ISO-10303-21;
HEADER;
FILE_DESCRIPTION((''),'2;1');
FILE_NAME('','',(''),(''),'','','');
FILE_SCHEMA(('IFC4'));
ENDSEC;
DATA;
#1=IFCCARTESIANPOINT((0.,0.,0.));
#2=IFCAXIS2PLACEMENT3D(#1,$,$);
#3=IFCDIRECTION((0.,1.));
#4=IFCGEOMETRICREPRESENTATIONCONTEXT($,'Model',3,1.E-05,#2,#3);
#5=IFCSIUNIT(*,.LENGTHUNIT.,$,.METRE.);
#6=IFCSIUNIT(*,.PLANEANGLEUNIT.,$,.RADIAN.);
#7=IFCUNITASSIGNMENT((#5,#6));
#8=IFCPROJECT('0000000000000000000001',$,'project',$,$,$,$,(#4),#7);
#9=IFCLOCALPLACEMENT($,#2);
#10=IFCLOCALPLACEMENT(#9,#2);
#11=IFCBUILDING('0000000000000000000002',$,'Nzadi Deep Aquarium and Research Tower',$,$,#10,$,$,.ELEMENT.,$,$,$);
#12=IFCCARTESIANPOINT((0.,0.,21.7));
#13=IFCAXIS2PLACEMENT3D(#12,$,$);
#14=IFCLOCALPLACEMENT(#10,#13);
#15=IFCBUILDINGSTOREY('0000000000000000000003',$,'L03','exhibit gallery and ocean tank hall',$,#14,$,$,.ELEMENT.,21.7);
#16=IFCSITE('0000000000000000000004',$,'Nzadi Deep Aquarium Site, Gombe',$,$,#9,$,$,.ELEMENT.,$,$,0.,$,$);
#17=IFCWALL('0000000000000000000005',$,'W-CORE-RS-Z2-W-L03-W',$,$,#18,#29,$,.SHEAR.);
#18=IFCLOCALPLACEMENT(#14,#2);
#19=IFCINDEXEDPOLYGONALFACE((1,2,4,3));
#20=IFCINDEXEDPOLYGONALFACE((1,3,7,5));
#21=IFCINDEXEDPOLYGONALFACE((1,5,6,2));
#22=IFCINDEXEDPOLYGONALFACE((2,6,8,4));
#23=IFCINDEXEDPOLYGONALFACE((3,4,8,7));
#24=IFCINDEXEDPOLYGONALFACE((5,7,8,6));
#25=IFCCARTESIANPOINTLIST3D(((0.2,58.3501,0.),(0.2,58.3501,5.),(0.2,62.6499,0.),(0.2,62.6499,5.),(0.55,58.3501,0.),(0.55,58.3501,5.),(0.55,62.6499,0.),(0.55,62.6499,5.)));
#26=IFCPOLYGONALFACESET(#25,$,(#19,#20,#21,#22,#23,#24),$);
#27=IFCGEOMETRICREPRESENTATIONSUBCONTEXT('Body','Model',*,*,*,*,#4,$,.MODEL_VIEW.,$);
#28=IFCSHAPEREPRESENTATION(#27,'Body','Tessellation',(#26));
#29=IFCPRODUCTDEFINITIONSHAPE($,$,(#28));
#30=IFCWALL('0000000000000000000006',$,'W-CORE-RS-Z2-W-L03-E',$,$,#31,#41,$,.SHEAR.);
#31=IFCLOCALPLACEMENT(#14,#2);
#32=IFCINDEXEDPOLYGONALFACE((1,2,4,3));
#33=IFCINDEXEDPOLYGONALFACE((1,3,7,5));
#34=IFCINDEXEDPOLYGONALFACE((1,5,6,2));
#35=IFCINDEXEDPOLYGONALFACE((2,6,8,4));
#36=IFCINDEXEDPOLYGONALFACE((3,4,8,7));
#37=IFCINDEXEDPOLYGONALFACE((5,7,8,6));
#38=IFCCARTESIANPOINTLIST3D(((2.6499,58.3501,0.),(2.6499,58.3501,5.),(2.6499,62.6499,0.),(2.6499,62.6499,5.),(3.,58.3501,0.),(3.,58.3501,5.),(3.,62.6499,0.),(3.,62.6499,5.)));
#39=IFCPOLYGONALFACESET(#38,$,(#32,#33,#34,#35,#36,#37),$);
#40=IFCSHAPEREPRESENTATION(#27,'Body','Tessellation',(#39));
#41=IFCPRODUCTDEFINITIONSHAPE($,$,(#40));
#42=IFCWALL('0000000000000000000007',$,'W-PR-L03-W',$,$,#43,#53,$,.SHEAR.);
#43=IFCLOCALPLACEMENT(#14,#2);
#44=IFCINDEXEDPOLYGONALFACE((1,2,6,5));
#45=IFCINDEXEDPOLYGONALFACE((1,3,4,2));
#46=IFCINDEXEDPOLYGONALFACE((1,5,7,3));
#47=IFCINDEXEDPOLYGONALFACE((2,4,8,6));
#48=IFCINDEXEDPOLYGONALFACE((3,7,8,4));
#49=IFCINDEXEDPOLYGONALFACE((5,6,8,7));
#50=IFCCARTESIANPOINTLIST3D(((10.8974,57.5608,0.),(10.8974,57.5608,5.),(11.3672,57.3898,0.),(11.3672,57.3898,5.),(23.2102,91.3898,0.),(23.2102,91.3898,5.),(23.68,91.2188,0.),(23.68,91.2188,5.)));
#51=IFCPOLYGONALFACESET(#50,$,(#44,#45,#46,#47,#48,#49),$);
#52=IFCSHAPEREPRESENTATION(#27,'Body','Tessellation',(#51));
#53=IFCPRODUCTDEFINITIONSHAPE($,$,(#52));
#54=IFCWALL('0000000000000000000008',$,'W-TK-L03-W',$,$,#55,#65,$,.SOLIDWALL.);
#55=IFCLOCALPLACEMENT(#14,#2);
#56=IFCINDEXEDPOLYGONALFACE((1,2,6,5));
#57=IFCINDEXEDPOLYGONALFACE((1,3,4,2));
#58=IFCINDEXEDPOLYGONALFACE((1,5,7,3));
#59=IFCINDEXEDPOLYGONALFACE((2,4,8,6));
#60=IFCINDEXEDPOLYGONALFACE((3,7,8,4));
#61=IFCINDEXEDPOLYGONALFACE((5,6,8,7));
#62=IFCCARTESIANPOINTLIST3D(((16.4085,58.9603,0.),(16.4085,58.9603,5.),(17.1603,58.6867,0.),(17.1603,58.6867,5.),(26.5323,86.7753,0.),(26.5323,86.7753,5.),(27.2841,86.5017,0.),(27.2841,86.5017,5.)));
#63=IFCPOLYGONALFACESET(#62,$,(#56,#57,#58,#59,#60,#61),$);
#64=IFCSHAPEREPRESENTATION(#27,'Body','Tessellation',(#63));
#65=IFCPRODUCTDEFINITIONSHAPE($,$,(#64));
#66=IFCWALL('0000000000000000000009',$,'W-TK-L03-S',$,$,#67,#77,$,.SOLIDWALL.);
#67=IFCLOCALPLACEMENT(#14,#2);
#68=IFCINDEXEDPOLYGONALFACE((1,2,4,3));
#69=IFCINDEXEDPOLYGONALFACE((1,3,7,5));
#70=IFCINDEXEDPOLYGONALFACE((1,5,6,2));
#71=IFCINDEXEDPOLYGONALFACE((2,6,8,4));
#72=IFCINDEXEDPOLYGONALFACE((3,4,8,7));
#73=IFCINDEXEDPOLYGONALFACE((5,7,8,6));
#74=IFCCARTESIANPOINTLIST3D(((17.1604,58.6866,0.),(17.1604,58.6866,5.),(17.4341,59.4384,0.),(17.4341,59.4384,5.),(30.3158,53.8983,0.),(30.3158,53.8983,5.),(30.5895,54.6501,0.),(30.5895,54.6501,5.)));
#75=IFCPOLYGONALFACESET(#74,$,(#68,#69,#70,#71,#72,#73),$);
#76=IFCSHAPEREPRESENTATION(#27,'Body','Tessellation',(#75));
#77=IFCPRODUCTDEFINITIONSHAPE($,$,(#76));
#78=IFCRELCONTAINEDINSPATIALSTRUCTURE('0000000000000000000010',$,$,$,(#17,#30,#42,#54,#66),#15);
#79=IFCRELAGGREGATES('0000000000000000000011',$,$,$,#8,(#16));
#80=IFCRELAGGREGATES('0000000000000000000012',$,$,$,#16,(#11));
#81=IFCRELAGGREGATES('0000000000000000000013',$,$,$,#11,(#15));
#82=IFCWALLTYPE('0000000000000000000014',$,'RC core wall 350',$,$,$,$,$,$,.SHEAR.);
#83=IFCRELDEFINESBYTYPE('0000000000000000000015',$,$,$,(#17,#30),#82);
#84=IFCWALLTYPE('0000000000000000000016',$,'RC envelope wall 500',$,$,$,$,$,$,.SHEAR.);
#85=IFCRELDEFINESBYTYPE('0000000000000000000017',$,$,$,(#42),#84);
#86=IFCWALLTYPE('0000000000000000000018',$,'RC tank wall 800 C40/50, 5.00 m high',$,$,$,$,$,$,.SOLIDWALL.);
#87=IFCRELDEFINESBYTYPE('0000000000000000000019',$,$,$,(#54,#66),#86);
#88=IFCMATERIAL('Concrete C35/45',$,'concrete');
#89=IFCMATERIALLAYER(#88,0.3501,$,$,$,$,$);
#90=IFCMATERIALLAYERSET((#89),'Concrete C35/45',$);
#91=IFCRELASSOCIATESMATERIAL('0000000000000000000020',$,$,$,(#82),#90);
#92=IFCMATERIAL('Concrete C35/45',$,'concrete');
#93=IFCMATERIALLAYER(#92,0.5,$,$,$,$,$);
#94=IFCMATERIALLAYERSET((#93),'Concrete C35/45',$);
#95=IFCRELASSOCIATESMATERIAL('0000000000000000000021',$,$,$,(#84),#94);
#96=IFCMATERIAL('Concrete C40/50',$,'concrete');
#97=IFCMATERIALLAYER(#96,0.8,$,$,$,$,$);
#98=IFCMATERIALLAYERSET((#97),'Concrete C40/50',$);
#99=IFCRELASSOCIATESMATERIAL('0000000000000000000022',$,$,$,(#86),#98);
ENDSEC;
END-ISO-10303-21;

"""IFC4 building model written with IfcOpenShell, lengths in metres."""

from ifc_helpers import new_model, si_unit, direction, frame, frame_2d, origin, place, context, subcontext, project, spatial, rectangle, extrude, material, layer, layer_set, type_object, element, save


model = new_model("IFC4")

# Units and contexts
model_context = context("Model", 3, precision=1e-05, world=origin(), true_north=direction((0.0, 1.0)))
body_context = subcontext(model_context, "Body", "Model", "MODEL_VIEW")
ifc_project = project(units=[si_unit("LENGTHUNIT", "METRE"), si_unit("PLANEANGLEUNIT", "RADIAN")], contexts=[model_context])

# Site, building, storey
site_placement = place(None, origin())
site = spatial("IfcSite", under=ifc_project, at=site_placement, Name="Nzadi Deep Aquarium Site, Gombe", CompositionType="ELEMENT", RefElevation=0.0)
building_placement = place(site_placement, origin())
building = spatial("IfcBuilding", under=site, at=building_placement, Name="Nzadi Deep Aquarium and Research Tower", CompositionType="ELEMENT")
storey_placement = place(building_placement, frame((0.0, 0.0, 21.7)))
storey = spatial("IfcBuildingStorey", under=building, at=storey_placement, Name="L03", Description="exhibit gallery and ocean tank hall", CompositionType="ELEMENT", Elevation=21.7)

# Shared definitions
ifc_material_1 = material(Name="Concrete C35/45", Category="concrete")
ifc_layer_1 = layer(ifc_material_1, 0.3501)
ifc_layer_set_1 = layer_set([ifc_layer_1], Name="Concrete C35/45")
wall_type_1 = type_object("IfcWallType", Name="RC core wall 350", PredefinedType="SHEAR", material=ifc_layer_set_1)

# Walls
for number, where, z_axis, x_axis, name in (
    (1, (0.375, 58.3501, 0.0), (0.0, 0.0, 1.0), (0.0, 1.0, 0.0), "W-CORE-RS-Z2-W-L03-W"),
    (2, (2.825, 58.3501, 0.0), (0.0, 0.0, 1.0), (0.0, 1.0, 0.0), "W-CORE-RS-Z2-W-L03-E"),
):
    element("IfcWall", number, at=place(storey_placement, frame(where, z_axis=z_axis, x_axis=x_axis)), inside=storey, type_object=wall_type_1, Name=name, PredefinedType="SHEAR", context=body_context, shape_type="SweptSolid", body=[
        extrude(rectangle(XDim=4.2998, YDim=0.3501, at=frame_2d((2.1499, 0.0))), origin(), (0.0, 0.0, 1.0), 5.0),
    ])
ifc_material_2 = material(Name="Concrete C35/45", Category="concrete")
ifc_layer_2 = layer(ifc_material_2, 0.5)
ifc_layer_set_2 = layer_set([ifc_layer_2], Name="Concrete C35/45")
wall_type_2 = type_object("IfcWallType", Name="RC envelope wall 500", PredefinedType="SHEAR", material=ifc_layer_set_2)
wall_1_placement = place(storey_placement, frame((11.1323, 57.4753, 0.0), z_axis=(0.0, 0.0, 1.0), x_axis=(0.342021, 0.939692, 0.0)))
element("IfcWall", 3, at=wall_1_placement, inside=storey, type_object=wall_type_2, Name="W-PR-L03-W", PredefinedType="SHEAR", context=body_context, shape_type="SweptSolid", body=[
    extrude(rectangle(XDim=36.0, YDim=0.5, at=frame_2d((18.0, 0.0))), origin(), (0.0, 0.0, 1.0), 5.0),
])

# Walls
ifc_material_3 = material(Name="Concrete C40/50", Category="concrete")
ifc_layer_3 = layer(ifc_material_3, 0.8)
ifc_layer_set_3 = layer_set([ifc_layer_3], Name="Concrete C40/50")
wall_type_3 = type_object("IfcWallType", Name="RC tank wall 800 C40/50, 5.00 m high", PredefinedType="SOLIDWALL", material=ifc_layer_set_3)
wall_2_placement = place(storey_placement, frame((16.7844, 58.8235, 0.0), z_axis=(0.0, 0.0, 1.0), x_axis=(0.342019, 0.939693, 0.0)))
element("IfcWall", 4, at=wall_2_placement, inside=storey, type_object=wall_type_3, Name="W-TK-L03-W", PredefinedType="SOLIDWALL", context=body_context, shape_type="SweptSolid", body=[
    extrude(rectangle(XDim=29.6001, YDim=0.8, at=frame_2d((14.8, 0.0))), origin(), (0.0, 0.0, 1.0), 5.0),
])
wall_3_placement = place(storey_placement, frame((17.2971, 59.0625, 0.0), z_axis=(0.0, 0.0, 1.0), x_axis=(0.93969, -0.342027, 0.0)))
element("IfcWall", 5, at=wall_3_placement, inside=storey, type_object=wall_type_3, Name="W-TK-L03-S", PredefinedType="SOLIDWALL", context=body_context, shape_type="SweptSolid", body=[
    extrude(rectangle(XDim=13.9998, YDim=0.8, at=frame_2d((7.0, 0.0))), origin(), (0.0, 0.0, 1.0), 5.0),
])

save(model, "model.ifc")
